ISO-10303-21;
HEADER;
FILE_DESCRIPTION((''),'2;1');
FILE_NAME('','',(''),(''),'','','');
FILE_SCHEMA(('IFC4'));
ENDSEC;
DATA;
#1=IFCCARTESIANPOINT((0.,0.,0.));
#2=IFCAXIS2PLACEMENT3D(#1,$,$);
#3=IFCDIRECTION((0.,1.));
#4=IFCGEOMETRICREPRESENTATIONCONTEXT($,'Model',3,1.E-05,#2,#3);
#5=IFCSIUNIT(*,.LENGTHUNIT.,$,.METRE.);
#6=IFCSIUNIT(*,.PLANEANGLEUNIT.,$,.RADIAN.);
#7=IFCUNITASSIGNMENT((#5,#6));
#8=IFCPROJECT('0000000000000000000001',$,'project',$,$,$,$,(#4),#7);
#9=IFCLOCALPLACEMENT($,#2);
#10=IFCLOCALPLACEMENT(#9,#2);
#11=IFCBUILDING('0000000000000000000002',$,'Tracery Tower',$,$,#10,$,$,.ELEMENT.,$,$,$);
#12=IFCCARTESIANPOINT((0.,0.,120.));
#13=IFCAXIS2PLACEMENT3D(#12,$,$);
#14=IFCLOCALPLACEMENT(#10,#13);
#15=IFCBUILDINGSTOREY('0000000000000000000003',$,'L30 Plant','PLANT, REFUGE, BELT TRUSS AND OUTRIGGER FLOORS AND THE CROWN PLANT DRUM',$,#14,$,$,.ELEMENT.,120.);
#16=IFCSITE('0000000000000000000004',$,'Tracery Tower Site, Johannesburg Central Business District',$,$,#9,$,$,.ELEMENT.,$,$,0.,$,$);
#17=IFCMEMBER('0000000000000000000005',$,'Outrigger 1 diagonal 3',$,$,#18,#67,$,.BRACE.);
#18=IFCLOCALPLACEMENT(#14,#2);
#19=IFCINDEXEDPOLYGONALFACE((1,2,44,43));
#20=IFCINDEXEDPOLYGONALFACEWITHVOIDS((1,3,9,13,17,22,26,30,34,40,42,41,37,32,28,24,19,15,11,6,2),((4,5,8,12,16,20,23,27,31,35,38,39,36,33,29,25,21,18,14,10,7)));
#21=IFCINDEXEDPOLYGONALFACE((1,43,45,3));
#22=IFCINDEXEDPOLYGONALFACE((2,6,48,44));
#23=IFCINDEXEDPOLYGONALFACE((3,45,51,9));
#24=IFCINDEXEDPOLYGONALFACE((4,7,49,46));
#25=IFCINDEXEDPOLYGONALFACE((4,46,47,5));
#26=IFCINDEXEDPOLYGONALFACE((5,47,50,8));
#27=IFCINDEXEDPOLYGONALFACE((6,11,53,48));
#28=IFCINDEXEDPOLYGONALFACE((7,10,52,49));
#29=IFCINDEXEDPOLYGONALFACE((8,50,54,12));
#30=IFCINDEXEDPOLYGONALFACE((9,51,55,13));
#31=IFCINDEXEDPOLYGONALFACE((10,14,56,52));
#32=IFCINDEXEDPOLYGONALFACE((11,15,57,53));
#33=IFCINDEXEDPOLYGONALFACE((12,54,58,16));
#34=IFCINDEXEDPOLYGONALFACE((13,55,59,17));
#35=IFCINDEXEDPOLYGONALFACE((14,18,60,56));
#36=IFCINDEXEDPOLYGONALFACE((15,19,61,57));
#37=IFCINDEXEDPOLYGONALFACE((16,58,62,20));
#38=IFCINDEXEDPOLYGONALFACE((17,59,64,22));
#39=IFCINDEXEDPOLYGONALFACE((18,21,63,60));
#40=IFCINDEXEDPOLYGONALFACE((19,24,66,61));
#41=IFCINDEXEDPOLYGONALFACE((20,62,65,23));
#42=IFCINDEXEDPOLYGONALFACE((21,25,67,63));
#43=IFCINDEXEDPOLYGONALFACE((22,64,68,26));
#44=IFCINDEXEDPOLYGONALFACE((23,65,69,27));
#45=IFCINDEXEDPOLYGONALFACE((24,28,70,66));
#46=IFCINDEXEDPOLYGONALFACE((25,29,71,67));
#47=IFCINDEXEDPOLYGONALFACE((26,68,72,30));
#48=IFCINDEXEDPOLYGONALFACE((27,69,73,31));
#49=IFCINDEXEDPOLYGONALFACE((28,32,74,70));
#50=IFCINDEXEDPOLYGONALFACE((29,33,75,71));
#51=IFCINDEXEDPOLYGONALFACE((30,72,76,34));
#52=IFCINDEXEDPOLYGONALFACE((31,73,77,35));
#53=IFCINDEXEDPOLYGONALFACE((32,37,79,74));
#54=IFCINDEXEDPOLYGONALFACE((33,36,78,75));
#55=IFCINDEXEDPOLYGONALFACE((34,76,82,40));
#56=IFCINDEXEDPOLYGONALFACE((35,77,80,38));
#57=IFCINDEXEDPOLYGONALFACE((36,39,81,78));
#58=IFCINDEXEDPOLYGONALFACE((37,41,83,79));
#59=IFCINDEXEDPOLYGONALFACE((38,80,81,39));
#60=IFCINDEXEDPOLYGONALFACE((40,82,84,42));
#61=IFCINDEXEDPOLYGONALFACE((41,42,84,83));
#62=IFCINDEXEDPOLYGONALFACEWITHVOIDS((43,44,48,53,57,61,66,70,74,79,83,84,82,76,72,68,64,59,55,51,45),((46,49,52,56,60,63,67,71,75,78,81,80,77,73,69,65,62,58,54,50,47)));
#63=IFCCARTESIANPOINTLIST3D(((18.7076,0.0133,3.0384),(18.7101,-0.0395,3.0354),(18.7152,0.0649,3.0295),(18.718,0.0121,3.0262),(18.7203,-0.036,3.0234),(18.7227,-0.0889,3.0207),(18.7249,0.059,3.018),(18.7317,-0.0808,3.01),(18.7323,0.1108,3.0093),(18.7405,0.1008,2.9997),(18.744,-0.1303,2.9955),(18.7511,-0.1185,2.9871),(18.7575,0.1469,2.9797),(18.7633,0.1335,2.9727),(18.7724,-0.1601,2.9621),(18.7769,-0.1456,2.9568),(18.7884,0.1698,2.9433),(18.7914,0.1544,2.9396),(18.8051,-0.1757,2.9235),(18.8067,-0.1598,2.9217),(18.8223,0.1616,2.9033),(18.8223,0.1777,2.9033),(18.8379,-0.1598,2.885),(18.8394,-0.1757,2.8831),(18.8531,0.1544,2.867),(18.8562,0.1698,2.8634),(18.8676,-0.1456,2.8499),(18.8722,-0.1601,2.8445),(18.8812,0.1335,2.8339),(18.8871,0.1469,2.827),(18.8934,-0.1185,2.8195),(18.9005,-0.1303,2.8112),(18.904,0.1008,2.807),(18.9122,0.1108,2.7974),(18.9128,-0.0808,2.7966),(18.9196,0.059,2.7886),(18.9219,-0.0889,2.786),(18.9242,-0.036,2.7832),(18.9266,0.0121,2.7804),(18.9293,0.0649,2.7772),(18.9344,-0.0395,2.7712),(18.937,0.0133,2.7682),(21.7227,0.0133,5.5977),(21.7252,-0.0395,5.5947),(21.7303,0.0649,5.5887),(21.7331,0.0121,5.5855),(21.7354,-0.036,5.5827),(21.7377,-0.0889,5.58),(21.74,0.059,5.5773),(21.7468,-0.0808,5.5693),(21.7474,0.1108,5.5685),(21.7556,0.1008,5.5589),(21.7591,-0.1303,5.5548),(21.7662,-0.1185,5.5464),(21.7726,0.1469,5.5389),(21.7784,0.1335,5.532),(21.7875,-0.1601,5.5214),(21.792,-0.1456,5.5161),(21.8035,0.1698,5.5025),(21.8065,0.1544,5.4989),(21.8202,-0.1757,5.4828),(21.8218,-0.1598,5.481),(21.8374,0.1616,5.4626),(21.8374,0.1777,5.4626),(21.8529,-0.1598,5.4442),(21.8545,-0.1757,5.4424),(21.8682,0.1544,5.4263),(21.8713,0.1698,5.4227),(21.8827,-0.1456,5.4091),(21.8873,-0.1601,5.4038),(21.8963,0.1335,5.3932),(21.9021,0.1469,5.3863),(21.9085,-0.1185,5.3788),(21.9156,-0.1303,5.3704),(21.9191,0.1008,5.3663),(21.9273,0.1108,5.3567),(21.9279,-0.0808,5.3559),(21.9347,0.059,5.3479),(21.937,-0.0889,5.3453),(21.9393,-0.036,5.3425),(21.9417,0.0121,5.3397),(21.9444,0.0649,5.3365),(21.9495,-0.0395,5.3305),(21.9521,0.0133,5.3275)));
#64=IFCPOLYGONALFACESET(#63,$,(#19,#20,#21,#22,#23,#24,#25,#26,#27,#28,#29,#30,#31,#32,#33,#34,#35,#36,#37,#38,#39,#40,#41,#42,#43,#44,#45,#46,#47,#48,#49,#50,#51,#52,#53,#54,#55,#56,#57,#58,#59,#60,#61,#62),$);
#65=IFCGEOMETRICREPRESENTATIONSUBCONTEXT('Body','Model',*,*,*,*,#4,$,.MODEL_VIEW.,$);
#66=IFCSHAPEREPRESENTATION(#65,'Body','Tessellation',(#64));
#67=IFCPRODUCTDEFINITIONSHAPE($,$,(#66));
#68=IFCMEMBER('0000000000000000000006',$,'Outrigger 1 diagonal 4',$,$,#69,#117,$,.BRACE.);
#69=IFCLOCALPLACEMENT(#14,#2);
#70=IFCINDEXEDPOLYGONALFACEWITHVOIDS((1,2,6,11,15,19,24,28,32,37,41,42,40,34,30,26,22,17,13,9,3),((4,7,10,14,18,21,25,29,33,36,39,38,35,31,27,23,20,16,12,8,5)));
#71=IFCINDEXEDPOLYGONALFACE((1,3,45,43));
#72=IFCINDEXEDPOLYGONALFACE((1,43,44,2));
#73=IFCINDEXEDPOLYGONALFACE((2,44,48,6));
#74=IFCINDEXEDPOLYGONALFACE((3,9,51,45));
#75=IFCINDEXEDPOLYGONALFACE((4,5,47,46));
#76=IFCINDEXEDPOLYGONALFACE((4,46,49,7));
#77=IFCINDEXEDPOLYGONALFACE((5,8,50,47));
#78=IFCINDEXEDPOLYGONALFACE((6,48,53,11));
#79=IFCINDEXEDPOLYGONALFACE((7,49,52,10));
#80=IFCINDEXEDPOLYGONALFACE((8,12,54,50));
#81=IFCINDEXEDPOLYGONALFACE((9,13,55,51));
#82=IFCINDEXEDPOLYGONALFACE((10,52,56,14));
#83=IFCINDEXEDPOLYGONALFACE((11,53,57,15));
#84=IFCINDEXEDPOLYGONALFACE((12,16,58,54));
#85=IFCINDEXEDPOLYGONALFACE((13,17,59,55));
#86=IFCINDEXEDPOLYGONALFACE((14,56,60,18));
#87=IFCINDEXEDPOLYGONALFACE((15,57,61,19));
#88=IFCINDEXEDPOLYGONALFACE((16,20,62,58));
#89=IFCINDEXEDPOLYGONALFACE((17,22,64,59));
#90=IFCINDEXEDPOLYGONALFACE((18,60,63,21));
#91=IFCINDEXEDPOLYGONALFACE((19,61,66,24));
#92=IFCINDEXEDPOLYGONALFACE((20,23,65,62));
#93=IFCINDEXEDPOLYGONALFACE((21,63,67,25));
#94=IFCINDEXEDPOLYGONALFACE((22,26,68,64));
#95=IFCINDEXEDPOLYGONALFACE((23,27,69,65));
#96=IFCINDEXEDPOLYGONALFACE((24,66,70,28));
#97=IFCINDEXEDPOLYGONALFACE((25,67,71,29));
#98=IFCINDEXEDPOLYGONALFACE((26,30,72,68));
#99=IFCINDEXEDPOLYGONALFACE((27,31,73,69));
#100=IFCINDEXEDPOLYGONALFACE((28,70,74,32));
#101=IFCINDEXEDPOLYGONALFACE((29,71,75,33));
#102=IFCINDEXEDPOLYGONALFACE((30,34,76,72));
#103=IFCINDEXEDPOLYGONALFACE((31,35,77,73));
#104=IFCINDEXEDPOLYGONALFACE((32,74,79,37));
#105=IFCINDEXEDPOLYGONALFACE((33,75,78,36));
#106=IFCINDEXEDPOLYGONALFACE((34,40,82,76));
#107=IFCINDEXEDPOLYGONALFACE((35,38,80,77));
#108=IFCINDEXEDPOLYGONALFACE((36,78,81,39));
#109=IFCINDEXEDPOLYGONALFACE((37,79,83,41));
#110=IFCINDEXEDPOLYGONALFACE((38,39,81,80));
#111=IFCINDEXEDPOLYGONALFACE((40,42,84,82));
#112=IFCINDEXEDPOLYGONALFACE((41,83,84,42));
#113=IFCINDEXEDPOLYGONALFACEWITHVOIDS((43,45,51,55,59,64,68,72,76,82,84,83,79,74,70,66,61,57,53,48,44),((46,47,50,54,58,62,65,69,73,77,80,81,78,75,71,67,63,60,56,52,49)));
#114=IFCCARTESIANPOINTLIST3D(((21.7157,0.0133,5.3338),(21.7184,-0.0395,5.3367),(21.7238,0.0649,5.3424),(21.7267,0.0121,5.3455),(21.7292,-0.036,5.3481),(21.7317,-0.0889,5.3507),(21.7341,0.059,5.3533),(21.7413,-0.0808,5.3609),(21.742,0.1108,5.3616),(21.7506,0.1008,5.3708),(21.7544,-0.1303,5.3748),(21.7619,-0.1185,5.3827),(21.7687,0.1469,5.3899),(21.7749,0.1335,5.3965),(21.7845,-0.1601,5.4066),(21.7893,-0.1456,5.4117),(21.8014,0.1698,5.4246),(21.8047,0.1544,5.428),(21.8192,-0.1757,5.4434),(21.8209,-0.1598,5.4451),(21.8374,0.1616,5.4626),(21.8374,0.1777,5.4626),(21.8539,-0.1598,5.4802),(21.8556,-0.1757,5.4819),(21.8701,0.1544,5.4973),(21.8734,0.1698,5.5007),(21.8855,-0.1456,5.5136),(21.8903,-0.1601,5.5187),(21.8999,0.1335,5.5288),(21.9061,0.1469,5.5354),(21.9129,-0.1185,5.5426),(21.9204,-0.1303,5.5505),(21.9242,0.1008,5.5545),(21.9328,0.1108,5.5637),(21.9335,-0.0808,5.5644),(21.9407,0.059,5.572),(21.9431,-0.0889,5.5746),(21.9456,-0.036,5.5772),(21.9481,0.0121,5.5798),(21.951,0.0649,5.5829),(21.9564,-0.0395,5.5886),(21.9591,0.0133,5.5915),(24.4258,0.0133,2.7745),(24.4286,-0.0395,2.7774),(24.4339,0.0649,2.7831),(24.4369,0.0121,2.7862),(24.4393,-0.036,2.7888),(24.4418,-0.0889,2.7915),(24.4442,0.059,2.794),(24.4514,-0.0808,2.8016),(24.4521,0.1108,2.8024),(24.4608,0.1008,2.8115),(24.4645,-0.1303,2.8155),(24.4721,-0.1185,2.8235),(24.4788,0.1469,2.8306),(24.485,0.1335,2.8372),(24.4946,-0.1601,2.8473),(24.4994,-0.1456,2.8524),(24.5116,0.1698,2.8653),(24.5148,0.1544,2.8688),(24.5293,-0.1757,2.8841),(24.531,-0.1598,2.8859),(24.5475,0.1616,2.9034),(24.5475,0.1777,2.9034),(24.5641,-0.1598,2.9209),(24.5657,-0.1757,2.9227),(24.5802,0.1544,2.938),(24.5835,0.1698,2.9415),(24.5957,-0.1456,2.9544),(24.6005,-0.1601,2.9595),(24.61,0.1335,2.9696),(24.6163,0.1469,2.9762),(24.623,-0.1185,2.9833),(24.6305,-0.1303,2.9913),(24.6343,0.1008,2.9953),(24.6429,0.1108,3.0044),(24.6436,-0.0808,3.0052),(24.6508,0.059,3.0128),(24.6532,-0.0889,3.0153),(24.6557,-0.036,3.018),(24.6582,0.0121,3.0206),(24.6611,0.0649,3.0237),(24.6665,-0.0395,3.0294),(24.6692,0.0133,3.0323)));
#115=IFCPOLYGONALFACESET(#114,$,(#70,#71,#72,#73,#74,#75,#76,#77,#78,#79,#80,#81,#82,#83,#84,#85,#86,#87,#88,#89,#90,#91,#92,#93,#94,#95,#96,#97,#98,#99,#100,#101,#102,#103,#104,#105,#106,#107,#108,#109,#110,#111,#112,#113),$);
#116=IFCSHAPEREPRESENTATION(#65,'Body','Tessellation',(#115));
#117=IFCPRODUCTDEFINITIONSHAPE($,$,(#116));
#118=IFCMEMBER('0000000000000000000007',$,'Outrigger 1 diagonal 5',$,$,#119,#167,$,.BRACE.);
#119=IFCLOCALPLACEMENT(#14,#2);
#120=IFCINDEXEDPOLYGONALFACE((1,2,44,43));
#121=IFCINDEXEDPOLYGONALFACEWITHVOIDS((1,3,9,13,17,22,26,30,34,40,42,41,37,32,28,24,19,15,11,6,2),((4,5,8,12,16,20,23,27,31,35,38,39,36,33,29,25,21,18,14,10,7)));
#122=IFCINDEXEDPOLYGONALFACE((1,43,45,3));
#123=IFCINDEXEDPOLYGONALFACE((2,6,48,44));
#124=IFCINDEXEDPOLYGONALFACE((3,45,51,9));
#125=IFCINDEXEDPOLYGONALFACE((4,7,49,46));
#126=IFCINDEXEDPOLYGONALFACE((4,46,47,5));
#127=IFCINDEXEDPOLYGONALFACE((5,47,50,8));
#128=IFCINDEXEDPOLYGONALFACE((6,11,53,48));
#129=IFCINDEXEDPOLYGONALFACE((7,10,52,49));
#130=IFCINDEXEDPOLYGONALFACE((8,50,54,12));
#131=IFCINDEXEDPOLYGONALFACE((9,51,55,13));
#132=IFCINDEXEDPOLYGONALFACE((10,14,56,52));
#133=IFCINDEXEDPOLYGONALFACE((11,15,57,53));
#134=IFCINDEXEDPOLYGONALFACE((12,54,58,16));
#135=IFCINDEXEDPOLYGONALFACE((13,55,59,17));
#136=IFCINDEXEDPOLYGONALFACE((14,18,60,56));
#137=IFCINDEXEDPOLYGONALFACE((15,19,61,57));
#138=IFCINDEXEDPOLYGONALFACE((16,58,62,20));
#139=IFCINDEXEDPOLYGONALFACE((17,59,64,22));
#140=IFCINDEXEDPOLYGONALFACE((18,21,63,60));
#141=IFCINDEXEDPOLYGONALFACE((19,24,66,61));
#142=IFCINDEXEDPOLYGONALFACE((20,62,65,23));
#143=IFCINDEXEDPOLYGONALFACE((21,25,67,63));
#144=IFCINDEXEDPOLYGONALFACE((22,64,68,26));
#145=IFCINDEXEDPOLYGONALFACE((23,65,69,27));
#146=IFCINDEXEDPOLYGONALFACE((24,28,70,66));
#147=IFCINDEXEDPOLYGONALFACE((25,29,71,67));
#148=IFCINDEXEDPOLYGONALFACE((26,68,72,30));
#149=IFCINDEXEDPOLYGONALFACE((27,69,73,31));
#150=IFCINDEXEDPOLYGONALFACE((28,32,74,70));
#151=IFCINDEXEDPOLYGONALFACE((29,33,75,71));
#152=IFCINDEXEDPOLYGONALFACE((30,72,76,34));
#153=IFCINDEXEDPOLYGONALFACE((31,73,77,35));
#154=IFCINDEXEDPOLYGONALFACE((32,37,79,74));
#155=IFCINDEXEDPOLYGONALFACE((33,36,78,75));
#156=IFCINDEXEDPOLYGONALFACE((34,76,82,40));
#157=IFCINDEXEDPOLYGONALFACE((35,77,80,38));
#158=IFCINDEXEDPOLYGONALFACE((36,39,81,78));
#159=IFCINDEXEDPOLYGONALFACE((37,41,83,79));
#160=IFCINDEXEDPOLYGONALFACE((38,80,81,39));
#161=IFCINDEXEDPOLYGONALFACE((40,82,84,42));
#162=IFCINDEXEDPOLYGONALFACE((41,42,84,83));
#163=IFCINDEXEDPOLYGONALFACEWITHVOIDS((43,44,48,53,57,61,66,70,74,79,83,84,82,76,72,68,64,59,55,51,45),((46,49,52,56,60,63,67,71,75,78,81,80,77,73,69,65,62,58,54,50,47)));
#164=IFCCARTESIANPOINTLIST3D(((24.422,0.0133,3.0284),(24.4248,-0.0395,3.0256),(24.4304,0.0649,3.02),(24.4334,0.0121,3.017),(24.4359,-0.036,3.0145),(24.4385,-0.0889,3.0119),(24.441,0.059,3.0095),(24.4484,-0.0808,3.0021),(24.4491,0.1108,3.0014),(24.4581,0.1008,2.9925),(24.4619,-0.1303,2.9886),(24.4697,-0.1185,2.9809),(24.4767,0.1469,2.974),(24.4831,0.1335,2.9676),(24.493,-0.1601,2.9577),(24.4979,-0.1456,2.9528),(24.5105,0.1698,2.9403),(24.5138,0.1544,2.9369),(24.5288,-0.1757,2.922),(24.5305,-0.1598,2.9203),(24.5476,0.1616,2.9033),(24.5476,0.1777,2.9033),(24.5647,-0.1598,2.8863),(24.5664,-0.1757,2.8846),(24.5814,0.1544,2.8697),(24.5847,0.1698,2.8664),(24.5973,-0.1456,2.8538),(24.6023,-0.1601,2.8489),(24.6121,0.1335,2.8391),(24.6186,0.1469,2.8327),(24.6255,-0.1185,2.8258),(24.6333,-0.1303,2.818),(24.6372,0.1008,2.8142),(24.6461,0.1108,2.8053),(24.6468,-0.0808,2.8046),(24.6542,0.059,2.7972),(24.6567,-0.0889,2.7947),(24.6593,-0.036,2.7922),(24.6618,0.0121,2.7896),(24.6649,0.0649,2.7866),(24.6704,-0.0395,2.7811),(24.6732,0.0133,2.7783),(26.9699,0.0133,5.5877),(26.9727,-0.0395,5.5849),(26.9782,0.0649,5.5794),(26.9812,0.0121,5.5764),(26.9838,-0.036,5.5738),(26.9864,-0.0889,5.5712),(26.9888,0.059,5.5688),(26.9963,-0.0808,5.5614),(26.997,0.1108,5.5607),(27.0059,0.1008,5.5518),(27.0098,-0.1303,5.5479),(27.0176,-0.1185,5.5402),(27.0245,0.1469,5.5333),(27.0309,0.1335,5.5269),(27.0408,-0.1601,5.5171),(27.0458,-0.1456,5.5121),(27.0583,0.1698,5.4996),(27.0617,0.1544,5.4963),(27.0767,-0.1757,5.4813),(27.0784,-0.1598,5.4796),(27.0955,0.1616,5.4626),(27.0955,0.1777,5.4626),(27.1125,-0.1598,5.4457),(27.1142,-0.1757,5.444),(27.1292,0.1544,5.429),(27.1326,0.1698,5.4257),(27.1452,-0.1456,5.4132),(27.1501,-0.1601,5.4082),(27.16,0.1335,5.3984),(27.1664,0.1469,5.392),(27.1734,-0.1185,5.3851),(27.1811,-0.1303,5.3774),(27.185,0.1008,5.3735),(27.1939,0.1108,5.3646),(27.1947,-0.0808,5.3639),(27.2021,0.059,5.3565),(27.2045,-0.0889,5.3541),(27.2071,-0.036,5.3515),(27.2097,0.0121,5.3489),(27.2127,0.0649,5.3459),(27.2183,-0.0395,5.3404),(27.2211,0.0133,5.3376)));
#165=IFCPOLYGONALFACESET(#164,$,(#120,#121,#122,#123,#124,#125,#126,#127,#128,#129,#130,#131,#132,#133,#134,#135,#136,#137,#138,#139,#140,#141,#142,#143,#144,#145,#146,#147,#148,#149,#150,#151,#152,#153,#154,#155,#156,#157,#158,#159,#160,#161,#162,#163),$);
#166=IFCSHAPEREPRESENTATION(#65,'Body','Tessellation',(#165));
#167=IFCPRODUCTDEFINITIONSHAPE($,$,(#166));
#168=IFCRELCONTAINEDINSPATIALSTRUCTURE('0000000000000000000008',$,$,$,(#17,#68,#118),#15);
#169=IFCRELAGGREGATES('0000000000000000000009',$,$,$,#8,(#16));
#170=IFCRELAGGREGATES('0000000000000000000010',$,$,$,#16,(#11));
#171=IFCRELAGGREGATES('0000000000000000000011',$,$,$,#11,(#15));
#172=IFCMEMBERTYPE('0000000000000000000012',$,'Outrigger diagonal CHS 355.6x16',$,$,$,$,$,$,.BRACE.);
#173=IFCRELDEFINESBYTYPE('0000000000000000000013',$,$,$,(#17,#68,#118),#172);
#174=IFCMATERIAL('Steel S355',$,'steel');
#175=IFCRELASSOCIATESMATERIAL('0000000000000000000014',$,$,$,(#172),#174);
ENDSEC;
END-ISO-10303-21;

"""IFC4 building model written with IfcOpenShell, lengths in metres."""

from ifc_helpers import new_model, si_unit, direction, frame, origin, origin_2d, place, context, subcontext, project, spatial, hollow_circle, extrude, material, material_profile, profile_set, type_object, element, save


model = new_model("IFC4")

# Units and contexts
model_context = context("Model", 3, precision=1e-05, world=origin(), true_north=direction((0.0, 1.0)))
body_context = subcontext(model_context, "Body", "Model", "MODEL_VIEW")
ifc_project = project(units=[si_unit("LENGTHUNIT", "METRE"), si_unit("PLANEANGLEUNIT", "RADIAN")], contexts=[model_context])

# Site, building, storey
site_placement = place(None, origin())
site = spatial("IfcSite", under=ifc_project, at=site_placement, Name="Tracery Tower Site, Johannesburg Central Business District", CompositionType="ELEMENT", RefElevation=0.0)
building_placement = place(site_placement, origin())
building = spatial("IfcBuilding", under=site, at=building_placement, Name="Tracery Tower", CompositionType="ELEMENT")
storey_placement = place(building_placement, frame((0.0, 0.0, 120.0)))
storey = spatial("IfcBuildingStorey", under=building, at=storey_placement, Name="L30 Plant", Description="PLANT, REFUGE, BELT TRUSS AND OUTRIGGER FLOORS AND THE CROWN PLANT DRUM", CompositionType="ELEMENT", Elevation=120.0)

# Members
ifc_material_1 = material(Name="Steel S355", Category="steel")
ifc_material_profile_1 = material_profile(ifc_material_1, hollow_circle(Radius=0.1777, WallThickness=0.0161, at=origin_2d()), Name="CHS 355.6x16")
ifc_profile_set_1 = profile_set([ifc_material_profile_1], Name="Steel S355")
member_type_1 = type_object("IfcMemberType", Name="Outrigger diagonal CHS 355.6x16", PredefinedType="BRACE", material=ifc_profile_set_1)
member_1_placement = place(storey_placement, frame((18.8223, 0.0, 2.9033), z_axis=(0.762381, 0.0, 0.647129), x_axis=(0.0, 1.0, 0.0)))
element("IfcMember", 1, at=member_1_placement, inside=storey, type_object=member_type_1, Name="Outrigger 1 diagonal 3", PredefinedType="BRACE", context=body_context, shape_type="SweptSolid", body=[
    extrude(hollow_circle(Radius=0.1777, WallThickness=0.0161, at=origin_2d()), origin(), (0.0, 0.0, 1.0), 3.9548),
])
member_2_placement = place(storey_placement, frame((21.8374, 0.0, 5.4626), z_axis=(0.727055, 0.0, -0.686579), x_axis=(0.0, 1.0, 0.0)))
element("IfcMember", 2, at=member_2_placement, inside=storey, type_object=member_type_1, Name="Outrigger 1 diagonal 4", PredefinedType="BRACE", context=body_context, shape_type="SweptSolid", body=[
    extrude(hollow_circle(Radius=0.1777, WallThickness=0.0161, at=origin_2d()), origin(), (0.0, 0.0, 1.0), 3.7275),
])
member_3_placement = place(storey_placement, frame((24.5476, 0.0, 2.9033), z_axis=(0.705516, 0.0, 0.708694), x_axis=(0.0, 1.0, 0.0)))
element("IfcMember", 3, at=member_3_placement, inside=storey, type_object=member_type_1, Name="Outrigger 1 diagonal 5", PredefinedType="BRACE", context=body_context, shape_type="SweptSolid", body=[
    extrude(hollow_circle(Radius=0.1777, WallThickness=0.0161, at=origin_2d()), origin(), (0.0, 0.0, 1.0), 3.6113),
])

save(model, "model.ifc")
